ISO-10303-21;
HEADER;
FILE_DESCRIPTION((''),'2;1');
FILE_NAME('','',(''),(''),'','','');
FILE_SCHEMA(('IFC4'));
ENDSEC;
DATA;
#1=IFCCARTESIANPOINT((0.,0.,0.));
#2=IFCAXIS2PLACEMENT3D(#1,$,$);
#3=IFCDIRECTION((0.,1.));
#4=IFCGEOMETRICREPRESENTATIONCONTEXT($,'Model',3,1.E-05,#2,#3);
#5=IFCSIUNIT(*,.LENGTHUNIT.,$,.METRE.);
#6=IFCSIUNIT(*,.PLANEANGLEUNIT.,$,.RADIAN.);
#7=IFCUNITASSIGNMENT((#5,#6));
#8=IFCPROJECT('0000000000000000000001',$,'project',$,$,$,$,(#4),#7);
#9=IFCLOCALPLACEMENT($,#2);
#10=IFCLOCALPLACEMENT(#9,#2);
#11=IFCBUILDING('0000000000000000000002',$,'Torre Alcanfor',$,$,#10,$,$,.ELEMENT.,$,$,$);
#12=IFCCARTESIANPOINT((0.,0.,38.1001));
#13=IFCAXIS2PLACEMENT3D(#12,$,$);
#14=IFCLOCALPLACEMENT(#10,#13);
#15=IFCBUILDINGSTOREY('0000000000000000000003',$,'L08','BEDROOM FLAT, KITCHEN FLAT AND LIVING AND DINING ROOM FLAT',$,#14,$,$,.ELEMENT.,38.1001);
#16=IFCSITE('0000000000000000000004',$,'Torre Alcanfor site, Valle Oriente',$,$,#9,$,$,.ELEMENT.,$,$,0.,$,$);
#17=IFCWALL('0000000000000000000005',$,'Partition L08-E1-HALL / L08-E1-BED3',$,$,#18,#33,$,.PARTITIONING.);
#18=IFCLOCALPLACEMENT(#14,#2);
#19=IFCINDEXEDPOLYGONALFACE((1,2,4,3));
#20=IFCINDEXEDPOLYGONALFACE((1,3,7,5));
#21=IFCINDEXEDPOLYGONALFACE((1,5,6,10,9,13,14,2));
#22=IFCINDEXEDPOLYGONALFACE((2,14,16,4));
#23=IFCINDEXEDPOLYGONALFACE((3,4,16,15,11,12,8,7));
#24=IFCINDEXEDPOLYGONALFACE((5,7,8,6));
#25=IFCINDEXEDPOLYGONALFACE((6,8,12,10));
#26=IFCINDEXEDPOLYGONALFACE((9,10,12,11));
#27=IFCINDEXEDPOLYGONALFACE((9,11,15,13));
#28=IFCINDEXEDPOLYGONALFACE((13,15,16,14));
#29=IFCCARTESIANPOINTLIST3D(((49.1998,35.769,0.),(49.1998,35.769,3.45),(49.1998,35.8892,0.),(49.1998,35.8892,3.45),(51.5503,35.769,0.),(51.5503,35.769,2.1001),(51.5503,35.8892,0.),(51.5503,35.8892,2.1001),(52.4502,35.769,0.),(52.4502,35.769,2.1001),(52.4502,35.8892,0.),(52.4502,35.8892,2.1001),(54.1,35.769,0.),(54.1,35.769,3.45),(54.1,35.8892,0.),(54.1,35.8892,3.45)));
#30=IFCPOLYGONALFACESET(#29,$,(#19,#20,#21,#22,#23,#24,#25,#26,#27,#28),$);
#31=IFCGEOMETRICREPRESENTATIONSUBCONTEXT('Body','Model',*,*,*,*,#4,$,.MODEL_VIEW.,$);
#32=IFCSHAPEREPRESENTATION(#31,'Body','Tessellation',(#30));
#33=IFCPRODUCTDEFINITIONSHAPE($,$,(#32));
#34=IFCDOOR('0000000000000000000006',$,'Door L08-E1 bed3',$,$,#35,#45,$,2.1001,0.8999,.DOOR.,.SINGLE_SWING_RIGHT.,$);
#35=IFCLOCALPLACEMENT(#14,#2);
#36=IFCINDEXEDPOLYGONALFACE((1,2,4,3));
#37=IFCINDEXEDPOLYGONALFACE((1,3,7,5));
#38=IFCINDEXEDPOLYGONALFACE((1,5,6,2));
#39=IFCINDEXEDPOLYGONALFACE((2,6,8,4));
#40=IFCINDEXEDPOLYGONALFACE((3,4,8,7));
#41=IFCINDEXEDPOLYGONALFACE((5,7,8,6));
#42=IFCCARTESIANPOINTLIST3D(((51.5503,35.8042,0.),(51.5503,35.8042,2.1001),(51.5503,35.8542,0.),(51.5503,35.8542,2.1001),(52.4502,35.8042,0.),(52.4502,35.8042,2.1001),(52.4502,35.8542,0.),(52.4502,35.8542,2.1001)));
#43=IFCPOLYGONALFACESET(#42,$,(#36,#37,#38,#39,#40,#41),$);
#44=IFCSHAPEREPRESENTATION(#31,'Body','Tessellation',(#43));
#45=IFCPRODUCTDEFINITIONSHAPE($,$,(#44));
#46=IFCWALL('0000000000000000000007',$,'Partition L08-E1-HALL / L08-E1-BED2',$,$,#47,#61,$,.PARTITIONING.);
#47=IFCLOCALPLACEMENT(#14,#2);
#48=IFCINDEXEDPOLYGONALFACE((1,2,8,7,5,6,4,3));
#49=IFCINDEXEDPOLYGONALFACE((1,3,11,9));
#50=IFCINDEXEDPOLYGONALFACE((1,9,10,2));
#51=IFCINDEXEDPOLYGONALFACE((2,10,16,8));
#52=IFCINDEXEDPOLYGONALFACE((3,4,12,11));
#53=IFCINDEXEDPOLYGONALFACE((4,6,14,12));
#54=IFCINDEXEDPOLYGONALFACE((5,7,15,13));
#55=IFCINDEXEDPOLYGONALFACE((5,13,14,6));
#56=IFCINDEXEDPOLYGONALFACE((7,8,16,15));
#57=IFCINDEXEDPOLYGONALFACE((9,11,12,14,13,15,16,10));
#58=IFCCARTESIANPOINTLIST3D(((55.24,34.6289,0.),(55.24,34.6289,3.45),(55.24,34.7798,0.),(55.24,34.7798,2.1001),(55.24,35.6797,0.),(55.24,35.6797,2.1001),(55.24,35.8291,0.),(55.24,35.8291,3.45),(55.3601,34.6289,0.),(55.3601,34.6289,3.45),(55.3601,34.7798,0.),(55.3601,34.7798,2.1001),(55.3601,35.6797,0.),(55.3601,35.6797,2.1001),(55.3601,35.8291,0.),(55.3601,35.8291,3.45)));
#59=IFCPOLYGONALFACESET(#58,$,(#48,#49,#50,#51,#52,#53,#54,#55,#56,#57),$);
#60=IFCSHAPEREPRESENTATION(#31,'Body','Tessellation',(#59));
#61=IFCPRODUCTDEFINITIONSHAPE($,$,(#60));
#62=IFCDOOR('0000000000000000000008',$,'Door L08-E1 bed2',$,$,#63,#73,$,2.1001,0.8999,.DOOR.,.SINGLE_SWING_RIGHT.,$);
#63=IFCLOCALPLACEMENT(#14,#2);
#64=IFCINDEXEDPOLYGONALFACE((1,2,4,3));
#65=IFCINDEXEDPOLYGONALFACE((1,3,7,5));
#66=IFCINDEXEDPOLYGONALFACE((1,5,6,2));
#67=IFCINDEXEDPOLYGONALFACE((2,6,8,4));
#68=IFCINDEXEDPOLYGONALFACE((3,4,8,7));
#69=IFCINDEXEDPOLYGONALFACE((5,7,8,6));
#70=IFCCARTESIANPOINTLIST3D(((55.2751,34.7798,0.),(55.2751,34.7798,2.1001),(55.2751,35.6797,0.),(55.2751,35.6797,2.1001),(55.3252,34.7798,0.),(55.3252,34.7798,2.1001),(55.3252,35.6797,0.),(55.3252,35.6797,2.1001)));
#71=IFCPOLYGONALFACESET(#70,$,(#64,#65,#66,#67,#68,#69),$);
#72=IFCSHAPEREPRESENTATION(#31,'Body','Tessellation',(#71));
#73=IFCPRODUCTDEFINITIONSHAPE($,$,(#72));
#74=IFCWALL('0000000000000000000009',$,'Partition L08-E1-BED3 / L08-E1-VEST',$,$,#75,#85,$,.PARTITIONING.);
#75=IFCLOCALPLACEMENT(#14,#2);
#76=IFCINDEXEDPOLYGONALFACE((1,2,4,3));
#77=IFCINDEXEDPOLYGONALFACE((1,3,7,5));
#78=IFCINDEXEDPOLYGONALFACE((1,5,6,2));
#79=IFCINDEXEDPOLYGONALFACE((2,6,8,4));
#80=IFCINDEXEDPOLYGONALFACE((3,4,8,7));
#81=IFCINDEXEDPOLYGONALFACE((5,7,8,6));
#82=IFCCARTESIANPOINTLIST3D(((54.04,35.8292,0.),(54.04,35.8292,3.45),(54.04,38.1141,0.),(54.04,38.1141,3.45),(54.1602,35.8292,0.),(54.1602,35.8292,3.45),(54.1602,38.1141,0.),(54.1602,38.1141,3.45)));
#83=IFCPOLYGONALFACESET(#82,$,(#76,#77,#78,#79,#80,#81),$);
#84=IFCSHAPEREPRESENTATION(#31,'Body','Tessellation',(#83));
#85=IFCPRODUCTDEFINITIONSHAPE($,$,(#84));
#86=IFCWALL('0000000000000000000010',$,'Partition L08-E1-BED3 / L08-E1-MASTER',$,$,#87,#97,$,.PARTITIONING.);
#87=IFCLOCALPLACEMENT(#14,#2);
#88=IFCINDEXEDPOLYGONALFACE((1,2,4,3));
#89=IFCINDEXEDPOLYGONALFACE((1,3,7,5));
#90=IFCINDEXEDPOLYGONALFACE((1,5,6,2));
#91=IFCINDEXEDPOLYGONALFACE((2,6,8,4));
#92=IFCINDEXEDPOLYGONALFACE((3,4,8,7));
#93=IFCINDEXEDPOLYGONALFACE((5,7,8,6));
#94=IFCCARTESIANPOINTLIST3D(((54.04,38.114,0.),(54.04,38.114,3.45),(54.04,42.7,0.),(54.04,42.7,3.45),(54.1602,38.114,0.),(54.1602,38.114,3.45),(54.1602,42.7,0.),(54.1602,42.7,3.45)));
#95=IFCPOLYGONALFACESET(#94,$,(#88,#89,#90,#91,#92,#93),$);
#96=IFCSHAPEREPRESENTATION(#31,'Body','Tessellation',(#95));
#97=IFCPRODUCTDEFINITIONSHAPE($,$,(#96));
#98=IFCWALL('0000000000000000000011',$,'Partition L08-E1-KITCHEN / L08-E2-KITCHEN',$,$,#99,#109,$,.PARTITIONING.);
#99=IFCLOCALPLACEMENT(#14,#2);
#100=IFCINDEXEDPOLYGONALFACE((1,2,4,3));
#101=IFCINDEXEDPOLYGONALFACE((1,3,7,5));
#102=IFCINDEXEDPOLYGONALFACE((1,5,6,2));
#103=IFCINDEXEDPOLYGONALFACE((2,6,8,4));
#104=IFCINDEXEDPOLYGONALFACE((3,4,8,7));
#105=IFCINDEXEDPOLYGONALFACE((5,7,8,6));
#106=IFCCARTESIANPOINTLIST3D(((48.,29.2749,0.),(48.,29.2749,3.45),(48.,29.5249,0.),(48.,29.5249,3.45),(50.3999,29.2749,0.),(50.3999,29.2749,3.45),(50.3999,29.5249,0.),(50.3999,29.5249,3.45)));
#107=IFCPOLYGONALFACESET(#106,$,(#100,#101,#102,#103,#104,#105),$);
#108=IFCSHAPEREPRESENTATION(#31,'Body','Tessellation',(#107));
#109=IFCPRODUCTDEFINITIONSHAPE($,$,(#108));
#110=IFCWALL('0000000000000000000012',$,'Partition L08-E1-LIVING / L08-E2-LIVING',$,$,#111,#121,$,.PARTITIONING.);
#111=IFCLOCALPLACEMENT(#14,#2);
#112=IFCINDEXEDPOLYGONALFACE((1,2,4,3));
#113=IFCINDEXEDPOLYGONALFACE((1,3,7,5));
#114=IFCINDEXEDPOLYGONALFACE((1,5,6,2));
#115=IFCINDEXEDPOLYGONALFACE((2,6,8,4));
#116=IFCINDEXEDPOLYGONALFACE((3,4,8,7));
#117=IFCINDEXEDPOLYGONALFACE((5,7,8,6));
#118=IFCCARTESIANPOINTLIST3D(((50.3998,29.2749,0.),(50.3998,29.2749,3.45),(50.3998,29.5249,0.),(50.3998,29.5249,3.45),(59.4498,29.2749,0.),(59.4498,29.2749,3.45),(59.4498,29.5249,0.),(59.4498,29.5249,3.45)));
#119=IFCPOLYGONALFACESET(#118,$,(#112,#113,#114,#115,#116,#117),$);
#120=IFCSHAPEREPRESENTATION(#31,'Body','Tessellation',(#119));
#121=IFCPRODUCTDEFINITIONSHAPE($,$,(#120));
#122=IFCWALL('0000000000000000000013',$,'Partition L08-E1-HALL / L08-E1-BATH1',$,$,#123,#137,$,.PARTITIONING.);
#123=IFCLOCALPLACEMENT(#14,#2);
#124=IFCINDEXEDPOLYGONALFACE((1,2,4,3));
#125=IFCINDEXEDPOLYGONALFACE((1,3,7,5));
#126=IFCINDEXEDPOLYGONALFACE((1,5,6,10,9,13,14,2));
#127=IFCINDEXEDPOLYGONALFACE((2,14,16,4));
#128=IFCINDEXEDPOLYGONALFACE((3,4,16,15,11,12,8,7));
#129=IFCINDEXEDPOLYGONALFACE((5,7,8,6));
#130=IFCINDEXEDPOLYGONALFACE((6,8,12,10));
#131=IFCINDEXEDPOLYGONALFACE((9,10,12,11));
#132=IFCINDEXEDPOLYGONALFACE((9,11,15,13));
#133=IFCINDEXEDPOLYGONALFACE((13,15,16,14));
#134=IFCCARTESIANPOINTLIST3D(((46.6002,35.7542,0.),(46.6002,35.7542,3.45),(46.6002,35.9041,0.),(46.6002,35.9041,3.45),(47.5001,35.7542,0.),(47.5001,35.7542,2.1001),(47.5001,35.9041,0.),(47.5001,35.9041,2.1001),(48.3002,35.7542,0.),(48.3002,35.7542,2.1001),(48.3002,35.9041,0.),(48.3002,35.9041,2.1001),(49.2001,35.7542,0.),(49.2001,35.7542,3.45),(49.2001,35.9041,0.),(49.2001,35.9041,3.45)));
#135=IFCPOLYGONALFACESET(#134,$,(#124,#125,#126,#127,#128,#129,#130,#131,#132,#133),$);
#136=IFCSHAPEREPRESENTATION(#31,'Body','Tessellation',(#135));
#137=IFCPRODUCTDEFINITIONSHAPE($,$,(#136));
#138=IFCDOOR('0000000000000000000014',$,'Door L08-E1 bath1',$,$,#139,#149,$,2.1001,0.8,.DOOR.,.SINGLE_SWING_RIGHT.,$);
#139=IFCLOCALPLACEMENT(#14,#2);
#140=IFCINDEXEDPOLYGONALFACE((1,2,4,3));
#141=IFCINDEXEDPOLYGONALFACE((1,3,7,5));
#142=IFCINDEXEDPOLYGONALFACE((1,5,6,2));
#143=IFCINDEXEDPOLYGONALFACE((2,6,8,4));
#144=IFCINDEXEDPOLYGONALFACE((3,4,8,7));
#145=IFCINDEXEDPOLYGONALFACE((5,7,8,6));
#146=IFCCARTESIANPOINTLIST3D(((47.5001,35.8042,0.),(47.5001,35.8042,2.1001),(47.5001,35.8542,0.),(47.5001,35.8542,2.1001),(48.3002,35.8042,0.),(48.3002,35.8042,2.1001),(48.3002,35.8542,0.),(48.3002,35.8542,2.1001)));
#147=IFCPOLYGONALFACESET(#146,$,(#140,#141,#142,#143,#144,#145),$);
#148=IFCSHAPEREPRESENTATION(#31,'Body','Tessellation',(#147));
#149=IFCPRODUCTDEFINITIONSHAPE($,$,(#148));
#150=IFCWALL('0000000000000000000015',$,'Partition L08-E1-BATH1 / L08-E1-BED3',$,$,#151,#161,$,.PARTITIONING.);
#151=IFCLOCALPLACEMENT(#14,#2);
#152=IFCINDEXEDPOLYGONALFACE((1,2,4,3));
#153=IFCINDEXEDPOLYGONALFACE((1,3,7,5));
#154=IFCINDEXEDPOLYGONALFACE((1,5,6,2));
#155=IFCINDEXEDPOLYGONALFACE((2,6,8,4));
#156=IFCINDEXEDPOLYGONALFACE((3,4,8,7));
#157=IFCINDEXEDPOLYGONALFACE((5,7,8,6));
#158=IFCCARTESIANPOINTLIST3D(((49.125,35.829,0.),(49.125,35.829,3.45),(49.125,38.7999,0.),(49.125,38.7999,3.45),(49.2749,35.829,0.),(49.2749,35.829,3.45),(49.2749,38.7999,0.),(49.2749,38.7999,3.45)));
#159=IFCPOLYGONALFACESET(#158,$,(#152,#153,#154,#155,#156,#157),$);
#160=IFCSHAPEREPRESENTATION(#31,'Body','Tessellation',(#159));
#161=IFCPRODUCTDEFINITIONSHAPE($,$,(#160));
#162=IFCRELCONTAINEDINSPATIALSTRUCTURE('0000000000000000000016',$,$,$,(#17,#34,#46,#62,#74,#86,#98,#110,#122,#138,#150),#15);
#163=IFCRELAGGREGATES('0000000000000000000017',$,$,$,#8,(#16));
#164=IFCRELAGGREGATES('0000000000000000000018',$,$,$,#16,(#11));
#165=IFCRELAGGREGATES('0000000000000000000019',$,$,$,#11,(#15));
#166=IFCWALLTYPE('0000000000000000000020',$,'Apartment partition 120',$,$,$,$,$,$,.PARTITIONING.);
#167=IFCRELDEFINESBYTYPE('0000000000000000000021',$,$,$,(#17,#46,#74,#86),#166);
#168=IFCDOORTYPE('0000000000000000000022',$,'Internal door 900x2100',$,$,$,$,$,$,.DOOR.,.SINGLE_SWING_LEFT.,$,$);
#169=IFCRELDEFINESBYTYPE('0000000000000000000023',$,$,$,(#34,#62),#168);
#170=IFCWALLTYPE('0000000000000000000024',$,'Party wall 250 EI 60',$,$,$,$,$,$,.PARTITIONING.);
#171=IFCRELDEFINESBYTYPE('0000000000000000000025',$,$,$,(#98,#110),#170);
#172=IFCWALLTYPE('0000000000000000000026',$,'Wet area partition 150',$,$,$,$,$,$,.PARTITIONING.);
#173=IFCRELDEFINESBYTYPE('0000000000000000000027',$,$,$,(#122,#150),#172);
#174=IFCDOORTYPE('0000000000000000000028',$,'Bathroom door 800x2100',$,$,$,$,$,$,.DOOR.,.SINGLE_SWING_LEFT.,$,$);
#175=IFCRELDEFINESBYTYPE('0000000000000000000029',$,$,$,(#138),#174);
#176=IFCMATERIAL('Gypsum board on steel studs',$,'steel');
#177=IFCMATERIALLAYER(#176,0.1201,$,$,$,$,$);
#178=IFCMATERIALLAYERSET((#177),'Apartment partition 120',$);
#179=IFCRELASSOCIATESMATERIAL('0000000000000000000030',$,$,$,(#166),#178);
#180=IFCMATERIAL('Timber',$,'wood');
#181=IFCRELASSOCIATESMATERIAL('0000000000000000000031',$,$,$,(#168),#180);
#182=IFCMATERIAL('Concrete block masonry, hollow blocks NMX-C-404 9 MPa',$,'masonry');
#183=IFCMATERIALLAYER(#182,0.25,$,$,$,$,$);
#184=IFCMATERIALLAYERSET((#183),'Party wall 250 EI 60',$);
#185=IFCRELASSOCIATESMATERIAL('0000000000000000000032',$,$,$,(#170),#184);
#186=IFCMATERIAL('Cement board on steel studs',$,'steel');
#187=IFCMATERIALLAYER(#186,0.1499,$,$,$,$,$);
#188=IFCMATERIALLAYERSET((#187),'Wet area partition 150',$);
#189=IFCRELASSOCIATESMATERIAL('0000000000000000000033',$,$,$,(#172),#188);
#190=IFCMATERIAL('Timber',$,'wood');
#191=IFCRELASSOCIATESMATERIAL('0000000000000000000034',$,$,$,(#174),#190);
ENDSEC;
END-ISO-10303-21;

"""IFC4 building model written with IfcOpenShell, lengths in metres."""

from ifc_helpers import new_model, si_unit, direction, frame, frame_2d, origin, place, context, subcontext, project, spatial, rectangle, extrude, material, layer, layer_set, type_object, element, fill, save


model = new_model("IFC4")

# Units and contexts
model_context = context("Model", 3, precision=1e-05, world=origin(), true_north=direction((0.0, 1.0)))
body_context = subcontext(model_context, "Body", "Model", "MODEL_VIEW")
ifc_project = project(units=[si_unit("LENGTHUNIT", "METRE"), si_unit("PLANEANGLEUNIT", "RADIAN")], contexts=[model_context])

# Site, building, storey
site_placement = place(None, origin())
site = spatial("IfcSite", under=ifc_project, at=site_placement, Name="Torre Alcanfor site, Valle Oriente", CompositionType="ELEMENT", RefElevation=0.0)
building_placement = place(site_placement, origin())
building = spatial("IfcBuilding", under=site, at=building_placement, Name="Torre Alcanfor", CompositionType="ELEMENT")
storey_placement = place(building_placement, frame((0.0, 0.0, 38.1001)))
storey = spatial("IfcBuildingStorey", under=building, at=storey_placement, Name="L08", Description="BEDROOM FLAT, KITCHEN FLAT AND LIVING AND DINING ROOM FLAT", CompositionType="ELEMENT", Elevation=38.1001)

# Shared definitions
ifc_material_1 = material(Name="Gypsum board on steel studs", Category="steel")
ifc_layer_1 = layer(ifc_material_1, 0.1201)
ifc_layer_set_1 = layer_set([ifc_layer_1], Name="Apartment partition 120")
wall_type_1 = type_object("IfcWallType", Name="Apartment partition 120", PredefinedType="PARTITIONING", material=ifc_layer_set_1)
ifc_material_2 = material(Name="Timber", Category="wood")
door_type_1 = type_object("IfcDoorType", Name="Internal door 900x2100", OperationType="SINGLE_SWING_LEFT", PredefinedType="DOOR", material=ifc_material_2)

# Walls, openings, doors
wall_1_placement = place(storey_placement, frame((54.1001, 35.8291, 0.0), z_axis=(0.0, 0.0, 1.0), x_axis=(-1.0, 0.0, 0.0)))
wall_1 = element("IfcWall", 1, at=wall_1_placement, inside=storey, type_object=wall_type_1, Name="Partition L08-E1-HALL / L08-E1-BED3", PredefinedType="PARTITIONING", context=body_context, shape_type="SweptSolid", body=[
    extrude(rectangle(XDim=4.9001, YDim=0.1201, at=frame_2d((2.4502, 0.0))), origin(), (0.0, 0.0, 1.0), 3.45),
])
opening_1_placement = place(wall_1_placement, frame((1.6499, 0.0, 0.0)))
opening_1 = element("IfcOpeningElement", 2, at=opening_1_placement, cuts=wall_1, PredefinedType="OPENING", context=body_context, shape_type="SweptSolid", body=[
    extrude(rectangle(XDim=0.8999, YDim=2.1001, at=frame_2d((0.45, 1.05))), frame((0.0, 0.0701, 0.0), z_axis=(0.0, -1.0, 0.0), x_axis=(1.0, 0.0, 0.0)), (0.0, 0.0, 1.0), 0.1401),
])
door_1_placement = place(opening_1_placement, frame((0.8999, 0.0, 0.0), z_axis=(0.0, 0.0, 1.0), x_axis=(-1.0, 0.0, 0.0)))
door_1 = element("IfcDoor", 3, at=door_1_placement, inside=storey, type_object=door_type_1, Name="Door L08-E1 bed3", OperationType="SINGLE_SWING_RIGHT", OverallHeight=2.1001, OverallWidth=0.8999, PredefinedType="DOOR", context=body_context, shape_type="SweptSolid", body=[
    extrude(rectangle(XDim=0.8999, YDim=2.1001, at=frame_2d((0.45, 1.05))), frame((0.0, 0.0251, 0.0), z_axis=(0.0, -1.0, 0.0), x_axis=(1.0, 0.0, 0.0)), (0.0, 0.0, 1.0), 0.05),
])
fill(opening_1, door_1)
wall_2_placement = place(storey_placement, frame((55.3, 34.6289, 0.0), z_axis=(0.0, 0.0, 1.0), x_axis=(0.0, 1.0, 0.0)))
wall_2 = element("IfcWall", 4, at=wall_2_placement, inside=storey, type_object=wall_type_1, Name="Partition L08-E1-HALL / L08-E1-BED2", PredefinedType="PARTITIONING", context=body_context, shape_type="SweptSolid", body=[
    extrude(rectangle(XDim=1.2002, YDim=0.1201, at=frame_2d((0.6001, 0.0))), origin(), (0.0, 0.0, 1.0), 3.45),
])
opening_2_placement = place(wall_2_placement, frame((0.1509, 0.0, 0.0)))
opening_2 = element("IfcOpeningElement", 5, at=opening_2_placement, cuts=wall_2, PredefinedType="OPENING", context=body_context, shape_type="SweptSolid", body=[
    extrude(rectangle(XDim=0.8999, YDim=2.1001, at=frame_2d((0.45, 1.05))), frame((0.0, 0.0701, 0.0), z_axis=(0.0, -1.0, 0.0), x_axis=(1.0, 0.0, 0.0)), (0.0, 0.0, 1.0), 0.1401),
])
door_2_placement = place(opening_2_placement, frame((0.8999, 0.0, 0.0), z_axis=(0.0, 0.0, 1.0), x_axis=(-1.0, 0.0, 0.0)))
door_2 = element("IfcDoor", 6, at=door_2_placement, inside=storey, type_object=door_type_1, Name="Door L08-E1 bed2", OperationType="SINGLE_SWING_RIGHT", OverallHeight=2.1001, OverallWidth=0.8999, PredefinedType="DOOR", context=body_context, shape_type="SweptSolid", body=[
    extrude(rectangle(XDim=0.8999, YDim=2.1001, at=frame_2d((0.45, 1.05))), frame((0.0, 0.0251, 0.0), z_axis=(0.0, -1.0, 0.0), x_axis=(1.0, 0.0, 0.0)), (0.0, 0.0, 1.0), 0.05),
])
fill(opening_2, door_2)

# Walls
wall_3_placement = place(storey_placement, frame((54.1001, 35.8291, 0.0), z_axis=(0.0, 0.0, 1.0), x_axis=(0.0, 1.0, 0.0)))
element("IfcWall", 7, at=wall_3_placement, inside=storey, type_object=wall_type_1, Name="Partition L08-E1-BED3 / L08-E1-VEST", PredefinedType="PARTITIONING", context=body_context, shape_type="SweptSolid", body=[
    extrude(rectangle(XDim=2.2849, YDim=0.1201, at=frame_2d((1.1426, 0.0))), origin(), (0.0, 0.0, 1.0), 3.45),
])
wall_4_placement = place(storey_placement, frame((54.1001, 38.114, 0.0), z_axis=(0.0, 0.0, 1.0), x_axis=(0.0, 1.0, 0.0)))
element("IfcWall", 8, at=wall_4_placement, inside=storey, type_object=wall_type_1, Name="Partition L08-E1-BED3 / L08-E1-MASTER", PredefinedType="PARTITIONING", context=body_context, shape_type="SweptSolid", body=[
    extrude(rectangle(XDim=4.5859, YDim=0.1201, at=frame_2d((2.293, 0.0))), origin(), (0.0, 0.0, 1.0), 3.45),
])
ifc_material_3 = material(Name="Concrete block masonry, hollow blocks NMX-C-404 9 MPa", Category="masonry")
ifc_layer_2 = layer(ifc_material_3, 0.25)
ifc_layer_set_2 = layer_set([ifc_layer_2], Name="Party wall 250 EI 60")
wall_type_2 = type_object("IfcWallType", Name="Party wall 250 EI 60", PredefinedType="PARTITIONING", material=ifc_layer_set_2)
wall_5_placement = place(storey_placement, frame((48.0, 29.3999, 0.0), z_axis=(0.0, 0.0, 1.0), x_axis=(1.0, 0.0, 0.0)))
element("IfcWall", 9, at=wall_5_placement, inside=storey, type_object=wall_type_2, Name="Partition L08-E1-KITCHEN / L08-E2-KITCHEN", PredefinedType="PARTITIONING", context=body_context, shape_type="SweptSolid", body=[
    extrude(rectangle(XDim=2.3999, YDim=0.25, at=frame_2d((1.2, 0.0))), origin(), (0.0, 0.0, 1.0), 3.45),
])
wall_6_placement = place(storey_placement, frame((50.3999, 29.3999, 0.0), z_axis=(0.0, 0.0, 1.0), x_axis=(1.0, 0.0, 0.0)))
element("IfcWall", 10, at=wall_6_placement, inside=storey, type_object=wall_type_2, Name="Partition L08-E1-LIVING / L08-E2-LIVING", PredefinedType="PARTITIONING", context=body_context, shape_type="SweptSolid", body=[
    extrude(rectangle(XDim=9.05, YDim=0.25, at=frame_2d((4.5249, 0.0))), origin(), (0.0, 0.0, 1.0), 3.45),
])

# Wall, opening, door
ifc_material_4 = material(Name="Cement board on steel studs", Category="steel")
ifc_layer_3 = layer(ifc_material_4, 0.1499)
ifc_layer_set_3 = layer_set([ifc_layer_3], Name="Wet area partition 150")
wall_type_3 = type_object("IfcWallType", Name="Wet area partition 150", PredefinedType="PARTITIONING", material=ifc_layer_set_3)
wall_7_placement = place(storey_placement, frame((49.2, 35.8291, 0.0), z_axis=(0.0, 0.0, 1.0), x_axis=(-1.0, 0.0, 0.0)))
wall_7 = element("IfcWall", 11, at=wall_7_placement, inside=storey, type_object=wall_type_3, Name="Partition L08-E1-HALL / L08-E1-BATH1", PredefinedType="PARTITIONING", context=body_context, shape_type="SweptSolid", body=[
    extrude(rectangle(XDim=2.5999, YDim=0.1499, at=frame_2d((1.2998, 0.0))), origin(), (0.0, 0.0, 1.0), 3.45),
])
opening_3_placement = place(wall_7_placement, frame((0.8999, 0.0, 0.0)))
opening_3 = element("IfcOpeningElement", 12, at=opening_3_placement, cuts=wall_7, PredefinedType="OPENING", context=body_context, shape_type="SweptSolid", body=[
    extrude(rectangle(XDim=0.8, YDim=2.1001, at=frame_2d((0.3999, 1.05))), frame((0.0, 0.085, 0.0), z_axis=(0.0, -1.0, 0.0), x_axis=(1.0, 0.0, 0.0)), (0.0, 0.0, 1.0), 0.1699),
])
ifc_material_5 = material(Name="Timber", Category="wood")
door_type_2 = type_object("IfcDoorType", Name="Bathroom door 800x2100", OperationType="SINGLE_SWING_LEFT", PredefinedType="DOOR", material=ifc_material_5)
door_3_placement = place(opening_3_placement, frame((0.8, 0.0, 0.0), z_axis=(0.0, 0.0, 1.0), x_axis=(-1.0, 0.0, 0.0)))
door_3 = element("IfcDoor", 13, at=door_3_placement, inside=storey, type_object=door_type_2, Name="Door L08-E1 bath1", OperationType="SINGLE_SWING_RIGHT", OverallHeight=2.1001, OverallWidth=0.8, PredefinedType="DOOR", context=body_context, shape_type="SweptSolid", body=[
    extrude(rectangle(XDim=0.8, YDim=2.1001, at=frame_2d((0.4001, 1.05))), frame((0.0, 0.0251, 0.0), z_axis=(0.0, -1.0, 0.0), x_axis=(1.0, 0.0, 0.0)), (0.0, 0.0, 1.0), 0.05),
])
fill(opening_3, door_3)

# Wall
wall_8_placement = place(storey_placement, frame((49.2, 35.8291, 0.0), z_axis=(0.0, 0.0, 1.0), x_axis=(0.0, 1.0, 0.0)))
element("IfcWall", 14, at=wall_8_placement, inside=storey, type_object=wall_type_3, Name="Partition L08-E1-BATH1 / L08-E1-BED3", PredefinedType="PARTITIONING", context=body_context, shape_type="SweptSolid", body=[
    extrude(rectangle(XDim=2.9709, YDim=0.1499, at=frame_2d((1.4854, 0.0))), origin(), (0.0, 0.0, 1.0), 3.45),
])

save(model, "model.ifc")
